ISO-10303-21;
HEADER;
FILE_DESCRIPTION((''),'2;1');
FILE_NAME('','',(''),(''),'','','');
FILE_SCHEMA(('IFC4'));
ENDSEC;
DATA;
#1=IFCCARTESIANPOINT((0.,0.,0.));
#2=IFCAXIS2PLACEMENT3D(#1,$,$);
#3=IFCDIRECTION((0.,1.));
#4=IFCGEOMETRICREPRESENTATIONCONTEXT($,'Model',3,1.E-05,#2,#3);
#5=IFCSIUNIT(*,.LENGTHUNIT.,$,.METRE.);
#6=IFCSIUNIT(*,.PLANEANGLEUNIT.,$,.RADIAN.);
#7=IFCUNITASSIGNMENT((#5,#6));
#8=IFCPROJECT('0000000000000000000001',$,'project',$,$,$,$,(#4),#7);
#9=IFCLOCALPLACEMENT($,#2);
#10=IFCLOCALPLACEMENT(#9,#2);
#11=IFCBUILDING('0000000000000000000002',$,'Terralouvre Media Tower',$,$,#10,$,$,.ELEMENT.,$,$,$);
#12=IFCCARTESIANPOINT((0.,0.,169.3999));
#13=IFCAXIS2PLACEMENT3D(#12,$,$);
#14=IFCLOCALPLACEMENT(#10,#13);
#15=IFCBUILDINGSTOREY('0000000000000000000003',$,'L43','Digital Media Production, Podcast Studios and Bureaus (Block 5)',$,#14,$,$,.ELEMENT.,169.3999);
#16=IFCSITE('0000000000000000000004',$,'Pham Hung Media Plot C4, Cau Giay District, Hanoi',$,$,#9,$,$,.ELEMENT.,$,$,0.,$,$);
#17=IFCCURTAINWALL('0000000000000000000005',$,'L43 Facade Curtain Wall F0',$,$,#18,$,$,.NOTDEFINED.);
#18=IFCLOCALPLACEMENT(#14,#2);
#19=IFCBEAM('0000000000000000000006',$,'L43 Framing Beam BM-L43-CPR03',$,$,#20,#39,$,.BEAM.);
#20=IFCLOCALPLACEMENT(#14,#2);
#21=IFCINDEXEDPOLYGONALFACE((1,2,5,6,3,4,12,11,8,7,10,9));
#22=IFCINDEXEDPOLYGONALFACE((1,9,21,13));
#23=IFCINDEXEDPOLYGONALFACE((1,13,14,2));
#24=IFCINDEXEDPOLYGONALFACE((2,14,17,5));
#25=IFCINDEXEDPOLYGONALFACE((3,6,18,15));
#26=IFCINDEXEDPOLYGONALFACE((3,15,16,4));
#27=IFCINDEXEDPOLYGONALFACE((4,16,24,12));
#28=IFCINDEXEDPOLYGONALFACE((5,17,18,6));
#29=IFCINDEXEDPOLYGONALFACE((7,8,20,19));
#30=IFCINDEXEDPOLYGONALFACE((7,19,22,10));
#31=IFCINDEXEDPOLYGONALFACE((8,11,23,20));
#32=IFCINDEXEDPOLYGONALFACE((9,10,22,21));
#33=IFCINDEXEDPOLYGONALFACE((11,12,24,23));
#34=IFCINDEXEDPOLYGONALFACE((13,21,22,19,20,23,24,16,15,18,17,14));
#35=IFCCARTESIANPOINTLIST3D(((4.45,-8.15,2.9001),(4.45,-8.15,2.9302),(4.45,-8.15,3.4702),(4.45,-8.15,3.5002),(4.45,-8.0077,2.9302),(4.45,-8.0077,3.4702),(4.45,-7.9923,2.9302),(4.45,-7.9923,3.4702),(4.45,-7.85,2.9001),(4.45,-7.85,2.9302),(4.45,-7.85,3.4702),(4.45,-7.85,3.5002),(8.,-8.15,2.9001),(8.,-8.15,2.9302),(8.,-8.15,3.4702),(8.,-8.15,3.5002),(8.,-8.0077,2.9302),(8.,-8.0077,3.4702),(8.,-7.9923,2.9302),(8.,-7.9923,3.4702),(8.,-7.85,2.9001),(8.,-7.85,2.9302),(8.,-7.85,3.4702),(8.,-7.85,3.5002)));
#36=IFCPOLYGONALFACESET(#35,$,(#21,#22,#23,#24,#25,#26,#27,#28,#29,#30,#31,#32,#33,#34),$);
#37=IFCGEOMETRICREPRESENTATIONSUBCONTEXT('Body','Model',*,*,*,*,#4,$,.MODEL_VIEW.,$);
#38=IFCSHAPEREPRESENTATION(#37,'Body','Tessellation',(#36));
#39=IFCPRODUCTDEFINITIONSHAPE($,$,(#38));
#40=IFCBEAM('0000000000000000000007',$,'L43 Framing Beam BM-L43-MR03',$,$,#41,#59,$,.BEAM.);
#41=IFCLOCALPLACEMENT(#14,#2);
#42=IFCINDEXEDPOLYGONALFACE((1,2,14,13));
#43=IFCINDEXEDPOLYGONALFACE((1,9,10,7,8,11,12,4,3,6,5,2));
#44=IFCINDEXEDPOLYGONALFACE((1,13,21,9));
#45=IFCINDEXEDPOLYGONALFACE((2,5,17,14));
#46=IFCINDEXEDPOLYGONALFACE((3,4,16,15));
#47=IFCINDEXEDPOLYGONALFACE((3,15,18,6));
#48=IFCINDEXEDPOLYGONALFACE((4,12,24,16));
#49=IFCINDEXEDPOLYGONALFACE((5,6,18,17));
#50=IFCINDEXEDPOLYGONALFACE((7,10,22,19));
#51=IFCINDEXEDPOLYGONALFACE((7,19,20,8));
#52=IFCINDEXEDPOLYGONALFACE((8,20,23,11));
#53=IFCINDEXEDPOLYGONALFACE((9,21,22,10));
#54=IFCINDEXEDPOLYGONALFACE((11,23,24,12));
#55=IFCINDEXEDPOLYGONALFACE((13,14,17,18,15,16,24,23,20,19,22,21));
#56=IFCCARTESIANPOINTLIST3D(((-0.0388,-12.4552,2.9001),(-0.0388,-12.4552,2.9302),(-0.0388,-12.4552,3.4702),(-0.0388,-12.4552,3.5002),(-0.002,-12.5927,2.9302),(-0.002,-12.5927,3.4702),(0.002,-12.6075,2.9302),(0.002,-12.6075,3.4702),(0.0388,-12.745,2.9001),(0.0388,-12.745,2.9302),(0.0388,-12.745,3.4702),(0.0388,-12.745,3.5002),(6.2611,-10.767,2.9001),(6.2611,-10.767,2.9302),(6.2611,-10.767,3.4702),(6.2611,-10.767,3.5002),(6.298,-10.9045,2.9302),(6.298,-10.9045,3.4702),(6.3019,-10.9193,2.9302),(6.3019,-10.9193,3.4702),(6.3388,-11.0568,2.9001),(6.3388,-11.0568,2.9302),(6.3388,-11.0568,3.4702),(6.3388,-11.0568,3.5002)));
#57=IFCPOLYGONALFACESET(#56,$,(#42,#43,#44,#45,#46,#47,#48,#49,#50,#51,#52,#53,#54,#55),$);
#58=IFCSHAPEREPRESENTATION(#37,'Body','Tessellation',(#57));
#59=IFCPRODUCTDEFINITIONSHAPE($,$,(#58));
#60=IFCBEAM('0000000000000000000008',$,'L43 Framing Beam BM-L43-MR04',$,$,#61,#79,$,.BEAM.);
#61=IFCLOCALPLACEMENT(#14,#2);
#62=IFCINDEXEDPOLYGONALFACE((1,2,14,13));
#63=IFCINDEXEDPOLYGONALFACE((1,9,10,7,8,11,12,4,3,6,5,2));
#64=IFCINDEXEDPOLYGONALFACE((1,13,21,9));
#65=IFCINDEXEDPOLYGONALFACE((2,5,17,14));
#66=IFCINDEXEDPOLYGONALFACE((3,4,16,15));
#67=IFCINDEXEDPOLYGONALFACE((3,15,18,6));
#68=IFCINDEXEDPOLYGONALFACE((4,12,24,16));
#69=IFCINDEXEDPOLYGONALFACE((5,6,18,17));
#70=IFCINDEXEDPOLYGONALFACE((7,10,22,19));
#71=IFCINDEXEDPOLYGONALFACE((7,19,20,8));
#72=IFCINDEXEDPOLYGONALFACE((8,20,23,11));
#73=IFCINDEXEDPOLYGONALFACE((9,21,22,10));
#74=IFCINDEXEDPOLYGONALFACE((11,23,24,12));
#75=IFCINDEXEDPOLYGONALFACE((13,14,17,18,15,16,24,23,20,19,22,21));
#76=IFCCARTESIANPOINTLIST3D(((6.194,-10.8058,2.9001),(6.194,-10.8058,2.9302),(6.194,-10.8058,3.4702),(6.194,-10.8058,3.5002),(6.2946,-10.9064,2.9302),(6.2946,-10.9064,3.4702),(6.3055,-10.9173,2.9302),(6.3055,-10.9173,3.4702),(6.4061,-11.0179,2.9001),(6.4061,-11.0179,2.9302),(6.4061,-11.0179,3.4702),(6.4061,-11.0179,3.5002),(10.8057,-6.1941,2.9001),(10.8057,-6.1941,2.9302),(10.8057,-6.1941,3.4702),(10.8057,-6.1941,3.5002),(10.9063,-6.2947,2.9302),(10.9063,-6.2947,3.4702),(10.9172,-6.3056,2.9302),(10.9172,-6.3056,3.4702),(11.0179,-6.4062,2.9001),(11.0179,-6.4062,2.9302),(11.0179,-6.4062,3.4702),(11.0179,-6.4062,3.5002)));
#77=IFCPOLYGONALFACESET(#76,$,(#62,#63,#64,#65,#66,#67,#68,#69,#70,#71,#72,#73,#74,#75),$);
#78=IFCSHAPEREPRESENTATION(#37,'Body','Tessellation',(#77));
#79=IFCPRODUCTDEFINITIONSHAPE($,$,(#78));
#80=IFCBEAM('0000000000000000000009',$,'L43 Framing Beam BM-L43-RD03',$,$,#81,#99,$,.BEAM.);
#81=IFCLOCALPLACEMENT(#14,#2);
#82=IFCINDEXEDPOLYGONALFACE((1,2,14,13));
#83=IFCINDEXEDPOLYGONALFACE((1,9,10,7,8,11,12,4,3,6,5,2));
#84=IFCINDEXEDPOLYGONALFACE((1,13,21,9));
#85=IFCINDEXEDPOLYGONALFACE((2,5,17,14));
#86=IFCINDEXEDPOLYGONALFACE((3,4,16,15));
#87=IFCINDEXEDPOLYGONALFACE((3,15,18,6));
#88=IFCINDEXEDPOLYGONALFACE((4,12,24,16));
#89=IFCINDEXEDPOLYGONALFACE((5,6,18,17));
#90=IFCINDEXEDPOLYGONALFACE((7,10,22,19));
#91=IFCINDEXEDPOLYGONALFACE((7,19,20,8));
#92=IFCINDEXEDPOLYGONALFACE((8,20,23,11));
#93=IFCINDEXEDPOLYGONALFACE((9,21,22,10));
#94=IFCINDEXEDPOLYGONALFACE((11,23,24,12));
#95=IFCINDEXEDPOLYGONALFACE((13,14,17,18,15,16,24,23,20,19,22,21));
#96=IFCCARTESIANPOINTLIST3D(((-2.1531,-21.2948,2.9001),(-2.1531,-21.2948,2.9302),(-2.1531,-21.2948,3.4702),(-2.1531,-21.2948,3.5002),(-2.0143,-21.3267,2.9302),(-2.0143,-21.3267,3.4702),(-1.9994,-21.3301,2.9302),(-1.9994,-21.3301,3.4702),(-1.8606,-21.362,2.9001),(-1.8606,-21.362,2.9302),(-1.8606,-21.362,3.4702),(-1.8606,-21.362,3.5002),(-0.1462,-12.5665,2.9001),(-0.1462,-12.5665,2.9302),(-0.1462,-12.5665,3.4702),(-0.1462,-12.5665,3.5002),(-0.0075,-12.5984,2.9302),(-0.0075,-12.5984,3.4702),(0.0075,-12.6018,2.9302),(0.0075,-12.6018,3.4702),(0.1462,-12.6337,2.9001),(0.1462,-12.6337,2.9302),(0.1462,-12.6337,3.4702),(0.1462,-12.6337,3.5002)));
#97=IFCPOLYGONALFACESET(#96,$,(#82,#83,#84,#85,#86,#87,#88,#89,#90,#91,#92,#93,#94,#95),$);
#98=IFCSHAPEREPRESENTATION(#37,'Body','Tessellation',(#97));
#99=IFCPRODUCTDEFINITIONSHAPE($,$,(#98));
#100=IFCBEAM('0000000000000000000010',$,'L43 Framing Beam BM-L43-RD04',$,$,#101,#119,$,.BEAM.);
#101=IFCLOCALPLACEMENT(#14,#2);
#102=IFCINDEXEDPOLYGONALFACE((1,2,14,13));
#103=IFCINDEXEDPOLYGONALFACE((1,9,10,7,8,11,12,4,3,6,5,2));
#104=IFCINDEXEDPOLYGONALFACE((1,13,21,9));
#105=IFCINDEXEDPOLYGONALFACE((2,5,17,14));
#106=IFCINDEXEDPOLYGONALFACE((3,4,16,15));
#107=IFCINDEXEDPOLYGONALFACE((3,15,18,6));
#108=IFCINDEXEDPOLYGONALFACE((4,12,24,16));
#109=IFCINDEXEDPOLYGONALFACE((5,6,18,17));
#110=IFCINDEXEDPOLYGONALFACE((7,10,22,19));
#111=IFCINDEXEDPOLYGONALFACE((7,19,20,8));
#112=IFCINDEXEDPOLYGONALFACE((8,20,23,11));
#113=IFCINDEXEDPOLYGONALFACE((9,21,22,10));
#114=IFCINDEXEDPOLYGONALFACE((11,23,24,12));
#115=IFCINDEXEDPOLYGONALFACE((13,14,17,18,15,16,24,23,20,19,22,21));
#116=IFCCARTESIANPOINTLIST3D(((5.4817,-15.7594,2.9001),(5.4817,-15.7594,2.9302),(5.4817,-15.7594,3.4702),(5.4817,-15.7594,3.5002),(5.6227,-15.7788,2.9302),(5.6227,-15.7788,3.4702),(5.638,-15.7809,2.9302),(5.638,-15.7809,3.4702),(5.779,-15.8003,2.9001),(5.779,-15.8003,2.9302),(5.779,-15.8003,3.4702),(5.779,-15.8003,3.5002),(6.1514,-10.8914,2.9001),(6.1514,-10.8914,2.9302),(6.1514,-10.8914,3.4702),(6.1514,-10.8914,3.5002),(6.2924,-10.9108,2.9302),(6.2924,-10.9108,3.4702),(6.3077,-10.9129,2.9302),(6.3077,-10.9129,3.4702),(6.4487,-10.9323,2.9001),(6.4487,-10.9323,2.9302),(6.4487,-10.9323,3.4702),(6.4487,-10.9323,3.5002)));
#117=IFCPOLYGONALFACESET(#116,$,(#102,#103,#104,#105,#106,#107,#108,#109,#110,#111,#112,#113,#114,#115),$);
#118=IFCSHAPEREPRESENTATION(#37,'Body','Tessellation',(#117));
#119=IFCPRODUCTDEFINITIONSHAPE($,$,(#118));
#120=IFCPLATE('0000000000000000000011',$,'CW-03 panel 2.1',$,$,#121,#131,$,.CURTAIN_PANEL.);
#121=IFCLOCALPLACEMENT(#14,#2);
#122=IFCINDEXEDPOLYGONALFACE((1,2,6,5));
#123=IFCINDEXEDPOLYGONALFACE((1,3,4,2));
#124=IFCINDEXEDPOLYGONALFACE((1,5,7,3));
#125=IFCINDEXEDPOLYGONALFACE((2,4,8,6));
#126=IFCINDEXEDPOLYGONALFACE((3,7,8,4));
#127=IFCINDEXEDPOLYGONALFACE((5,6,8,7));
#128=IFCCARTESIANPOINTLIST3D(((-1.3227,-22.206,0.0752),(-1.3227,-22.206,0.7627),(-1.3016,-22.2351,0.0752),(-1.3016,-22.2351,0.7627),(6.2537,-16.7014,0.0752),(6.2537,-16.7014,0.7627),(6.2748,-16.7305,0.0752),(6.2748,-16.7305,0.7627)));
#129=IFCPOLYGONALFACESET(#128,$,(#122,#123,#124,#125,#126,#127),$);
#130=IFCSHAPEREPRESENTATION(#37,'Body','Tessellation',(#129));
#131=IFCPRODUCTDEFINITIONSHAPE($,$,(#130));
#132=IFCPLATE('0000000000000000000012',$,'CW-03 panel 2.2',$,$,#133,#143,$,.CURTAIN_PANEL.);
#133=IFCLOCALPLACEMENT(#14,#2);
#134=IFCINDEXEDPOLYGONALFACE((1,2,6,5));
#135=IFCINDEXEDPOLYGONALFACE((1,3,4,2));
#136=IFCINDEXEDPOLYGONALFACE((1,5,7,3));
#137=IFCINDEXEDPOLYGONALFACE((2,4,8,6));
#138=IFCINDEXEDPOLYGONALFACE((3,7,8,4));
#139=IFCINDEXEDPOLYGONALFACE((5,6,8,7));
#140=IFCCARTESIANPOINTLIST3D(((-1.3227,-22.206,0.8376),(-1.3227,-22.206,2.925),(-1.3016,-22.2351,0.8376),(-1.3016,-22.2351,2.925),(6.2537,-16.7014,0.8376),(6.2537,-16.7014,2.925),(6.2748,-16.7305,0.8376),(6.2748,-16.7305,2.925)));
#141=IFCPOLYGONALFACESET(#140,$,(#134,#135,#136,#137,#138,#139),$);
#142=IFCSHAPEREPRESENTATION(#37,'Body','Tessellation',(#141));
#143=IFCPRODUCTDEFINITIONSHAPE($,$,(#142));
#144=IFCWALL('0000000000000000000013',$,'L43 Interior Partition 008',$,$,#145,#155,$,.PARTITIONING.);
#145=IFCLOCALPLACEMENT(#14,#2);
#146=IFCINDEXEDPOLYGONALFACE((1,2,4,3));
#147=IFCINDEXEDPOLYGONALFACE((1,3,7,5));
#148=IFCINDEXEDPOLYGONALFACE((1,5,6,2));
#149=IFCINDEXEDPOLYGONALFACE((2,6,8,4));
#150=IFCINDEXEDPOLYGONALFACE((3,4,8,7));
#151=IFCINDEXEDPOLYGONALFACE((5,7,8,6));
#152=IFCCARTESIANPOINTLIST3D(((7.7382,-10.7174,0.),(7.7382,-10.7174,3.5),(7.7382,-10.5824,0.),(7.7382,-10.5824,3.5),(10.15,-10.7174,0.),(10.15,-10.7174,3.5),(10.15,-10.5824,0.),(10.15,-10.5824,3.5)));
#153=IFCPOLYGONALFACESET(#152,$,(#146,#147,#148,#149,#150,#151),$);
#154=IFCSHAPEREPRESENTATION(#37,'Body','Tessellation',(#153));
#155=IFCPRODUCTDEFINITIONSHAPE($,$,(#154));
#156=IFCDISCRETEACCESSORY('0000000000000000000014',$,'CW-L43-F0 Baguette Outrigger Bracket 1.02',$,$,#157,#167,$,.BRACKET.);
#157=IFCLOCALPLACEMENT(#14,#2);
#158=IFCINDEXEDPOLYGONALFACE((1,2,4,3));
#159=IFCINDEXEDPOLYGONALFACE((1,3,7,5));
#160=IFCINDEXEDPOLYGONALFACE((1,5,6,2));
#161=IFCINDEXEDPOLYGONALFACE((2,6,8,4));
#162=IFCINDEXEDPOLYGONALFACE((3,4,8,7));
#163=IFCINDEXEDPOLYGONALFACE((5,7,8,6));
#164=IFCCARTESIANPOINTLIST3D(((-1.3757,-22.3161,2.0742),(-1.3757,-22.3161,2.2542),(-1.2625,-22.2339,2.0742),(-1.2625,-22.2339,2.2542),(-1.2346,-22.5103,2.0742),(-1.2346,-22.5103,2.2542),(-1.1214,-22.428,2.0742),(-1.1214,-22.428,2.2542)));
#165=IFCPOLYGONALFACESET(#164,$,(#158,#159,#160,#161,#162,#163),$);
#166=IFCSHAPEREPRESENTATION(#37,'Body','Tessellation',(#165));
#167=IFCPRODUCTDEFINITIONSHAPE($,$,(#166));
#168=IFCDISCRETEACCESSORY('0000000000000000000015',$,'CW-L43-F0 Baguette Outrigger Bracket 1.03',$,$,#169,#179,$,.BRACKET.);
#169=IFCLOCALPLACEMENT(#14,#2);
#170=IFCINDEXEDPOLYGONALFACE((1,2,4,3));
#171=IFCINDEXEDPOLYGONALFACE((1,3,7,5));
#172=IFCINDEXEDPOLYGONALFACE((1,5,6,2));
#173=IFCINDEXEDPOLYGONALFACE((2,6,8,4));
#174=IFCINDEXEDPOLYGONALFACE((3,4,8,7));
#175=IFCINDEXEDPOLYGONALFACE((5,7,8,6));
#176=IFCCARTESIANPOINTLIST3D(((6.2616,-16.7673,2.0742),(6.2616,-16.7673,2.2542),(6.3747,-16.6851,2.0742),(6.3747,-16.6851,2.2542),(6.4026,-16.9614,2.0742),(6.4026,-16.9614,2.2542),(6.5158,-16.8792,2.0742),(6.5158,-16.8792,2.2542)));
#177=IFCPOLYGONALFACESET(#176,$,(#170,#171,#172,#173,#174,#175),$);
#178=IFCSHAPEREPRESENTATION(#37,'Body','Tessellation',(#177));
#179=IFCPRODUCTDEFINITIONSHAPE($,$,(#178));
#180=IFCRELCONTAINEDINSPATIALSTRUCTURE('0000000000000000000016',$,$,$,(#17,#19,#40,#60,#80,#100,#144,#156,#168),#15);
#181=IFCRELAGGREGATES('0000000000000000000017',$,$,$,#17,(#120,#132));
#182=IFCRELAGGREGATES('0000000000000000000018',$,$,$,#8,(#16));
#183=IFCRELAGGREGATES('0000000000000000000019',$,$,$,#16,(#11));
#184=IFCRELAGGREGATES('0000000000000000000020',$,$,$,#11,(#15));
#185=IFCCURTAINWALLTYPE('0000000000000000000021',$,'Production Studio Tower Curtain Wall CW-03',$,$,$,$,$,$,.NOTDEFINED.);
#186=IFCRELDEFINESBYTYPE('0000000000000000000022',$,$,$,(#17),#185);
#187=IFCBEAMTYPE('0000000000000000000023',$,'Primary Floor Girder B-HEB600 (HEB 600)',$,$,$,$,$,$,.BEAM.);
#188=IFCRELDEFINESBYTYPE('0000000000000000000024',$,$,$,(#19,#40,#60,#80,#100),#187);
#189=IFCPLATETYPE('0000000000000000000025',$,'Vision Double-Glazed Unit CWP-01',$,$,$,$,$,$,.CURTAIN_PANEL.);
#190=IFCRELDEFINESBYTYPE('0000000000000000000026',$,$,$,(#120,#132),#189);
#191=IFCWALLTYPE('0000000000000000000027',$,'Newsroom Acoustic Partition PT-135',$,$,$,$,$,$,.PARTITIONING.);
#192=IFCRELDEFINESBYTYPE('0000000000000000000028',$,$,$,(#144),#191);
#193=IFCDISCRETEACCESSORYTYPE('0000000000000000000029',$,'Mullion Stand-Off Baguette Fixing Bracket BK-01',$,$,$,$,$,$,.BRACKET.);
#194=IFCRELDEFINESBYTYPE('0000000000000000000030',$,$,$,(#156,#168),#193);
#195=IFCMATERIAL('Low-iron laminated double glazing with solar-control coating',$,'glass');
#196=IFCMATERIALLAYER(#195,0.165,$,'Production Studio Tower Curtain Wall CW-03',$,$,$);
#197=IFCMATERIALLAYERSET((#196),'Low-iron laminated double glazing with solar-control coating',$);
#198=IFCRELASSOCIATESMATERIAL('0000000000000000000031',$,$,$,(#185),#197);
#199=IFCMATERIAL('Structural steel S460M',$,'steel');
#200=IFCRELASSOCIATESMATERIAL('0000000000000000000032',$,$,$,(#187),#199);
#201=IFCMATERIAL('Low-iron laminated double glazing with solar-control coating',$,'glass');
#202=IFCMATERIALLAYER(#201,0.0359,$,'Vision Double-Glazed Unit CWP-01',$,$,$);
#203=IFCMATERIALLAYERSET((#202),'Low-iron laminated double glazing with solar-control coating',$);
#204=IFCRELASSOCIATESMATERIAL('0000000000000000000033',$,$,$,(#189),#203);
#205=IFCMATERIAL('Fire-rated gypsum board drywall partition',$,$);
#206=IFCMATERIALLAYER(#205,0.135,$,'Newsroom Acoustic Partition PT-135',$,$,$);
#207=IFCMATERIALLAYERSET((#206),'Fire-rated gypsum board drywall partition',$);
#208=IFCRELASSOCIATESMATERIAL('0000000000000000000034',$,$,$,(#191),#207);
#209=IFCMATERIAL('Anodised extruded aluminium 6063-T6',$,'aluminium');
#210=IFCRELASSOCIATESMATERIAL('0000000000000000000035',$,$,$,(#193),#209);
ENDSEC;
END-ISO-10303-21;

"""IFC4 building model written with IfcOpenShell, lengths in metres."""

from ifc_helpers import new_model, si_unit, direction, frame, frame_2d, origin, origin_2d, place, context, subcontext, project, spatial, rectangle, i_section, extrude, material, layer, layer_set, material_profile, profile_set, type_object, element, aggregate, save


model = new_model("IFC4")

# Units and contexts
model_context = context("Model", 3, precision=1e-05, world=origin(), true_north=direction((0.0, 1.0)))
body_context = subcontext(model_context, "Body", "Model", "MODEL_VIEW")
ifc_project = project(units=[si_unit("LENGTHUNIT", "METRE"), si_unit("PLANEANGLEUNIT", "RADIAN")], contexts=[model_context])

# Site, building, storey
site_placement = place(None, origin())
site = spatial("IfcSite", under=ifc_project, at=site_placement, Name="Pham Hung Media Plot C4, Cau Giay District, Hanoi", CompositionType="ELEMENT", RefElevation=0.0)
building_placement = place(site_placement, origin())
building = spatial("IfcBuilding", under=site, at=building_placement, Name="Terralouvre Media Tower", CompositionType="ELEMENT")
storey_placement = place(building_placement, frame((0.0, 0.0, 169.3999)))
storey = spatial("IfcBuildingStorey", under=building, at=storey_placement, Name="L43", Description="Digital Media Production, Podcast Studios and Bureaus (Block 5)", CompositionType="ELEMENT", Elevation=169.3999)

# Curtain wall
ifc_material_1 = material(Name="Low-iron laminated double glazing with solar-control coating", Category="glass")
ifc_layer_1 = layer(ifc_material_1, 0.165, Name="Production Studio Tower Curtain Wall CW-03")
ifc_layer_set_1 = layer_set([ifc_layer_1], Name="Low-iron laminated double glazing with solar-control coating")
curtain_wall_type = type_object("IfcCurtainWallType", Name="Production Studio Tower Curtain Wall CW-03", PredefinedType="NOTDEFINED", material=ifc_layer_set_1)
curtain_wall_placement = place(storey_placement, origin())
curtain_wall = element("IfcCurtainWall", 1, at=curtain_wall_placement, inside=storey, type_object=curtain_wall_type, Name="L43 Facade Curtain Wall F0", PredefinedType="NOTDEFINED")

# Beams
ifc_material_2 = material(Name="Structural steel S460M", Category="steel")
ifc_material_profile_1 = material_profile(ifc_material_2, i_section(OverallWidth=0.3, OverallDepth=0.6001, WebThickness=0.0154, FlangeThickness=0.03, at=origin_2d()), Name="HEB 600")
ifc_profile_set_1 = profile_set([ifc_material_profile_1], Name="Structural steel S460M")
beam_type_1 = type_object("IfcBeamType", Name="Primary Floor Girder B-HEB600 (HEB 600)", PredefinedType="BEAM", material=ifc_profile_set_1)
beam_1_placement = place(storey_placement, frame((4.45, -8.0, 3.2002), z_axis=(1.0, 0.0, 0.0), x_axis=(0.0, 1.0, 0.0)))
element("IfcBeam", 2, at=beam_1_placement, inside=storey, type_object=beam_type_1, Name="L43 Framing Beam BM-L43-CPR03", PredefinedType="BEAM", context=body_context, shape_type="SweptSolid", body=[
    extrude(i_section(OverallWidth=0.3, OverallDepth=0.6001, WebThickness=0.0154, FlangeThickness=0.03, at=origin_2d()), origin(), (0.0, 0.0, 1.0), 3.55),
])
beam_2_placement = place(storey_placement, frame((0.0, -12.6001, 3.2002), z_axis=(0.96592, 0.258839, 0.0), x_axis=(-0.258839, 0.96592, 0.0)))
element("IfcBeam", 3, at=beam_2_placement, inside=storey, type_object=beam_type_1, Name="L43 Framing Beam BM-L43-MR03", PredefinedType="BEAM", context=body_context, shape_type="SweptSolid", body=[
    extrude(i_section(OverallWidth=0.3, OverallDepth=0.6001, WebThickness=0.0154, FlangeThickness=0.03, at=origin_2d()), origin(), (0.0, 0.0, 1.0), 6.5222),
])
beam_3_placement = place(storey_placement, frame((6.3, -10.9119, 3.2002), z_axis=(0.707107, 0.707107, 0.0), x_axis=(-0.707107, 0.707107, 0.0)))
element("IfcBeam", 4, at=beam_3_placement, inside=storey, type_object=beam_type_1, Name="L43 Framing Beam BM-L43-MR04", PredefinedType="BEAM", context=body_context, shape_type="SweptSolid", body=[
    extrude(i_section(OverallWidth=0.3, OverallDepth=0.6001, WebThickness=0.0154, FlangeThickness=0.03, at=origin_2d()), origin(), (0.0, 0.0, 1.0), 6.522),
])
beam_4_placement = place(storey_placement, frame((0.0, -12.6001, 3.2002), z_axis=(-0.224077, -0.974571, 0.0), x_axis=(0.974571, -0.224077, 0.0)))
element("IfcBeam", 5, at=beam_4_placement, inside=storey, type_object=beam_type_1, Name="L43 Framing Beam BM-L43-RD03", PredefinedType="BEAM", context=body_context, shape_type="SweptSolid", body=[
    extrude(i_section(OverallWidth=0.3, OverallDepth=0.6001, WebThickness=0.0154, FlangeThickness=0.03, at=origin_2d()), origin(), (0.0, 0.0, 1.0), 8.9561),
])
beam_5_placement = place(storey_placement, frame((6.3, -10.9119, 3.2002), z_axis=(-0.136286, -0.99067, 0.0), x_axis=(0.99067, -0.136286, 0.0)))
element("IfcBeam", 6, at=beam_5_placement, inside=storey, type_object=beam_type_1, Name="L43 Framing Beam BM-L43-RD04", PredefinedType="BEAM", context=body_context, shape_type="SweptSolid", body=[
    extrude(i_section(OverallWidth=0.3, OverallDepth=0.6001, WebThickness=0.0154, FlangeThickness=0.03, at=origin_2d()), origin(), (0.0, 0.0, 1.0), 4.9138),
])

# Plates
ifc_material_3 = material(Name="Low-iron laminated double glazing with solar-control coating", Category="glass")
ifc_layer_2 = layer(ifc_material_3, 0.0359, Name="Vision Double-Glazed Unit CWP-01")
ifc_layer_set_2 = layer_set([ifc_layer_2], Name="Low-iron laminated double glazing with solar-control coating")
plate_type = type_object("IfcPlateType", Name="Vision Double-Glazed Unit CWP-01", PredefinedType="CURTAIN_PANEL", material=ifc_layer_set_2)
plate_1_placement = place(storey_placement, frame((2.4761, -19.4683, 0.0752), z_axis=(0.0, 0.0, 1.0), x_axis=(0.809017, 0.587785, 0.0)))
plate_1 = element("IfcPlate", 7, at=plate_1_placement, type_object=plate_type, Name="CW-03 panel 2.1", PredefinedType="CURTAIN_PANEL", context=body_context, shape_type="SweptSolid", body=[
    extrude(rectangle(XDim=9.365, YDim=0.0359, at=origin_2d()), origin(), (0.0, 0.0, 1.0), 0.6875),
])
plate_2_placement = place(storey_placement, frame((2.4761, -19.4683, 0.8376), z_axis=(0.0, 0.0, 1.0), x_axis=(0.809017, 0.587785, 0.0)))
plate_2 = element("IfcPlate", 8, at=plate_2_placement, type_object=plate_type, Name="CW-03 panel 2.2", PredefinedType="CURTAIN_PANEL", context=body_context, shape_type="SweptSolid", body=[
    extrude(rectangle(XDim=9.365, YDim=0.0359, at=origin_2d()), origin(), (0.0, 0.0, 1.0), 2.0874),
])
aggregate(curtain_wall, [plate_1, plate_2])

# Wall
ifc_material_4 = material(Name="Fire-rated gypsum board drywall partition")
ifc_layer_3 = layer(ifc_material_4, 0.135, Name="Newsroom Acoustic Partition PT-135")
ifc_layer_set_3 = layer_set([ifc_layer_3], Name="Fire-rated gypsum board drywall partition")
wall_type = type_object("IfcWallType", Name="Newsroom Acoustic Partition PT-135", PredefinedType="PARTITIONING", material=ifc_layer_set_3)
wall_placement = place(storey_placement, frame((7.738, -10.6499, 0.0), z_axis=(0.0, 0.0, 1.0), x_axis=(1.0, 0.0, 0.0)))
element("IfcWall", 9, at=wall_placement, inside=storey, type_object=wall_type, Name="L43 Interior Partition 008", PredefinedType="PARTITIONING", context=body_context, shape_type="SweptSolid", body=[
    extrude(rectangle(XDim=2.4119, YDim=0.135, at=frame_2d((1.2061, 0.0))), origin(), (0.0, 0.0, 1.0), 3.5),
])

# Discrete accessories
ifc_material_5 = material(Name="Anodised extruded aluminium 6063-T6", Category="aluminium")
discrete_accessory_type = type_object("IfcDiscreteAccessoryType", Name="Mullion Stand-Off Baguette Fixing Bracket BK-01", PredefinedType="BRACKET", material=ifc_material_5)
for number, where, z_axis, x_axis, name in (
    (10, (-1.2485, -22.3721, 2.0742), (0.0, 0.0, 1.0), (0.809017, 0.587785, 0.0), "CW-L43-F0 Baguette Outrigger Bracket 1.02"),
    (11, (6.3887, -16.8232, 2.0742), (0.0, 0.0, 1.0), (0.809017, 0.587785, 0.0), "CW-L43-F0 Baguette Outrigger Bracket 1.03"),
):
    element("IfcDiscreteAccessory", number, at=place(storey_placement, frame(where, z_axis=z_axis, x_axis=x_axis)), inside=storey, type_object=discrete_accessory_type, Name=name, PredefinedType="BRACKET", context=body_context, shape_type="SweptSolid", body=[
        extrude(rectangle(XDim=0.1399, YDim=0.24, at=origin_2d()), origin(), (0.0, 0.0, 1.0), 0.1799),
    ])

save(model, "model.ifc")
